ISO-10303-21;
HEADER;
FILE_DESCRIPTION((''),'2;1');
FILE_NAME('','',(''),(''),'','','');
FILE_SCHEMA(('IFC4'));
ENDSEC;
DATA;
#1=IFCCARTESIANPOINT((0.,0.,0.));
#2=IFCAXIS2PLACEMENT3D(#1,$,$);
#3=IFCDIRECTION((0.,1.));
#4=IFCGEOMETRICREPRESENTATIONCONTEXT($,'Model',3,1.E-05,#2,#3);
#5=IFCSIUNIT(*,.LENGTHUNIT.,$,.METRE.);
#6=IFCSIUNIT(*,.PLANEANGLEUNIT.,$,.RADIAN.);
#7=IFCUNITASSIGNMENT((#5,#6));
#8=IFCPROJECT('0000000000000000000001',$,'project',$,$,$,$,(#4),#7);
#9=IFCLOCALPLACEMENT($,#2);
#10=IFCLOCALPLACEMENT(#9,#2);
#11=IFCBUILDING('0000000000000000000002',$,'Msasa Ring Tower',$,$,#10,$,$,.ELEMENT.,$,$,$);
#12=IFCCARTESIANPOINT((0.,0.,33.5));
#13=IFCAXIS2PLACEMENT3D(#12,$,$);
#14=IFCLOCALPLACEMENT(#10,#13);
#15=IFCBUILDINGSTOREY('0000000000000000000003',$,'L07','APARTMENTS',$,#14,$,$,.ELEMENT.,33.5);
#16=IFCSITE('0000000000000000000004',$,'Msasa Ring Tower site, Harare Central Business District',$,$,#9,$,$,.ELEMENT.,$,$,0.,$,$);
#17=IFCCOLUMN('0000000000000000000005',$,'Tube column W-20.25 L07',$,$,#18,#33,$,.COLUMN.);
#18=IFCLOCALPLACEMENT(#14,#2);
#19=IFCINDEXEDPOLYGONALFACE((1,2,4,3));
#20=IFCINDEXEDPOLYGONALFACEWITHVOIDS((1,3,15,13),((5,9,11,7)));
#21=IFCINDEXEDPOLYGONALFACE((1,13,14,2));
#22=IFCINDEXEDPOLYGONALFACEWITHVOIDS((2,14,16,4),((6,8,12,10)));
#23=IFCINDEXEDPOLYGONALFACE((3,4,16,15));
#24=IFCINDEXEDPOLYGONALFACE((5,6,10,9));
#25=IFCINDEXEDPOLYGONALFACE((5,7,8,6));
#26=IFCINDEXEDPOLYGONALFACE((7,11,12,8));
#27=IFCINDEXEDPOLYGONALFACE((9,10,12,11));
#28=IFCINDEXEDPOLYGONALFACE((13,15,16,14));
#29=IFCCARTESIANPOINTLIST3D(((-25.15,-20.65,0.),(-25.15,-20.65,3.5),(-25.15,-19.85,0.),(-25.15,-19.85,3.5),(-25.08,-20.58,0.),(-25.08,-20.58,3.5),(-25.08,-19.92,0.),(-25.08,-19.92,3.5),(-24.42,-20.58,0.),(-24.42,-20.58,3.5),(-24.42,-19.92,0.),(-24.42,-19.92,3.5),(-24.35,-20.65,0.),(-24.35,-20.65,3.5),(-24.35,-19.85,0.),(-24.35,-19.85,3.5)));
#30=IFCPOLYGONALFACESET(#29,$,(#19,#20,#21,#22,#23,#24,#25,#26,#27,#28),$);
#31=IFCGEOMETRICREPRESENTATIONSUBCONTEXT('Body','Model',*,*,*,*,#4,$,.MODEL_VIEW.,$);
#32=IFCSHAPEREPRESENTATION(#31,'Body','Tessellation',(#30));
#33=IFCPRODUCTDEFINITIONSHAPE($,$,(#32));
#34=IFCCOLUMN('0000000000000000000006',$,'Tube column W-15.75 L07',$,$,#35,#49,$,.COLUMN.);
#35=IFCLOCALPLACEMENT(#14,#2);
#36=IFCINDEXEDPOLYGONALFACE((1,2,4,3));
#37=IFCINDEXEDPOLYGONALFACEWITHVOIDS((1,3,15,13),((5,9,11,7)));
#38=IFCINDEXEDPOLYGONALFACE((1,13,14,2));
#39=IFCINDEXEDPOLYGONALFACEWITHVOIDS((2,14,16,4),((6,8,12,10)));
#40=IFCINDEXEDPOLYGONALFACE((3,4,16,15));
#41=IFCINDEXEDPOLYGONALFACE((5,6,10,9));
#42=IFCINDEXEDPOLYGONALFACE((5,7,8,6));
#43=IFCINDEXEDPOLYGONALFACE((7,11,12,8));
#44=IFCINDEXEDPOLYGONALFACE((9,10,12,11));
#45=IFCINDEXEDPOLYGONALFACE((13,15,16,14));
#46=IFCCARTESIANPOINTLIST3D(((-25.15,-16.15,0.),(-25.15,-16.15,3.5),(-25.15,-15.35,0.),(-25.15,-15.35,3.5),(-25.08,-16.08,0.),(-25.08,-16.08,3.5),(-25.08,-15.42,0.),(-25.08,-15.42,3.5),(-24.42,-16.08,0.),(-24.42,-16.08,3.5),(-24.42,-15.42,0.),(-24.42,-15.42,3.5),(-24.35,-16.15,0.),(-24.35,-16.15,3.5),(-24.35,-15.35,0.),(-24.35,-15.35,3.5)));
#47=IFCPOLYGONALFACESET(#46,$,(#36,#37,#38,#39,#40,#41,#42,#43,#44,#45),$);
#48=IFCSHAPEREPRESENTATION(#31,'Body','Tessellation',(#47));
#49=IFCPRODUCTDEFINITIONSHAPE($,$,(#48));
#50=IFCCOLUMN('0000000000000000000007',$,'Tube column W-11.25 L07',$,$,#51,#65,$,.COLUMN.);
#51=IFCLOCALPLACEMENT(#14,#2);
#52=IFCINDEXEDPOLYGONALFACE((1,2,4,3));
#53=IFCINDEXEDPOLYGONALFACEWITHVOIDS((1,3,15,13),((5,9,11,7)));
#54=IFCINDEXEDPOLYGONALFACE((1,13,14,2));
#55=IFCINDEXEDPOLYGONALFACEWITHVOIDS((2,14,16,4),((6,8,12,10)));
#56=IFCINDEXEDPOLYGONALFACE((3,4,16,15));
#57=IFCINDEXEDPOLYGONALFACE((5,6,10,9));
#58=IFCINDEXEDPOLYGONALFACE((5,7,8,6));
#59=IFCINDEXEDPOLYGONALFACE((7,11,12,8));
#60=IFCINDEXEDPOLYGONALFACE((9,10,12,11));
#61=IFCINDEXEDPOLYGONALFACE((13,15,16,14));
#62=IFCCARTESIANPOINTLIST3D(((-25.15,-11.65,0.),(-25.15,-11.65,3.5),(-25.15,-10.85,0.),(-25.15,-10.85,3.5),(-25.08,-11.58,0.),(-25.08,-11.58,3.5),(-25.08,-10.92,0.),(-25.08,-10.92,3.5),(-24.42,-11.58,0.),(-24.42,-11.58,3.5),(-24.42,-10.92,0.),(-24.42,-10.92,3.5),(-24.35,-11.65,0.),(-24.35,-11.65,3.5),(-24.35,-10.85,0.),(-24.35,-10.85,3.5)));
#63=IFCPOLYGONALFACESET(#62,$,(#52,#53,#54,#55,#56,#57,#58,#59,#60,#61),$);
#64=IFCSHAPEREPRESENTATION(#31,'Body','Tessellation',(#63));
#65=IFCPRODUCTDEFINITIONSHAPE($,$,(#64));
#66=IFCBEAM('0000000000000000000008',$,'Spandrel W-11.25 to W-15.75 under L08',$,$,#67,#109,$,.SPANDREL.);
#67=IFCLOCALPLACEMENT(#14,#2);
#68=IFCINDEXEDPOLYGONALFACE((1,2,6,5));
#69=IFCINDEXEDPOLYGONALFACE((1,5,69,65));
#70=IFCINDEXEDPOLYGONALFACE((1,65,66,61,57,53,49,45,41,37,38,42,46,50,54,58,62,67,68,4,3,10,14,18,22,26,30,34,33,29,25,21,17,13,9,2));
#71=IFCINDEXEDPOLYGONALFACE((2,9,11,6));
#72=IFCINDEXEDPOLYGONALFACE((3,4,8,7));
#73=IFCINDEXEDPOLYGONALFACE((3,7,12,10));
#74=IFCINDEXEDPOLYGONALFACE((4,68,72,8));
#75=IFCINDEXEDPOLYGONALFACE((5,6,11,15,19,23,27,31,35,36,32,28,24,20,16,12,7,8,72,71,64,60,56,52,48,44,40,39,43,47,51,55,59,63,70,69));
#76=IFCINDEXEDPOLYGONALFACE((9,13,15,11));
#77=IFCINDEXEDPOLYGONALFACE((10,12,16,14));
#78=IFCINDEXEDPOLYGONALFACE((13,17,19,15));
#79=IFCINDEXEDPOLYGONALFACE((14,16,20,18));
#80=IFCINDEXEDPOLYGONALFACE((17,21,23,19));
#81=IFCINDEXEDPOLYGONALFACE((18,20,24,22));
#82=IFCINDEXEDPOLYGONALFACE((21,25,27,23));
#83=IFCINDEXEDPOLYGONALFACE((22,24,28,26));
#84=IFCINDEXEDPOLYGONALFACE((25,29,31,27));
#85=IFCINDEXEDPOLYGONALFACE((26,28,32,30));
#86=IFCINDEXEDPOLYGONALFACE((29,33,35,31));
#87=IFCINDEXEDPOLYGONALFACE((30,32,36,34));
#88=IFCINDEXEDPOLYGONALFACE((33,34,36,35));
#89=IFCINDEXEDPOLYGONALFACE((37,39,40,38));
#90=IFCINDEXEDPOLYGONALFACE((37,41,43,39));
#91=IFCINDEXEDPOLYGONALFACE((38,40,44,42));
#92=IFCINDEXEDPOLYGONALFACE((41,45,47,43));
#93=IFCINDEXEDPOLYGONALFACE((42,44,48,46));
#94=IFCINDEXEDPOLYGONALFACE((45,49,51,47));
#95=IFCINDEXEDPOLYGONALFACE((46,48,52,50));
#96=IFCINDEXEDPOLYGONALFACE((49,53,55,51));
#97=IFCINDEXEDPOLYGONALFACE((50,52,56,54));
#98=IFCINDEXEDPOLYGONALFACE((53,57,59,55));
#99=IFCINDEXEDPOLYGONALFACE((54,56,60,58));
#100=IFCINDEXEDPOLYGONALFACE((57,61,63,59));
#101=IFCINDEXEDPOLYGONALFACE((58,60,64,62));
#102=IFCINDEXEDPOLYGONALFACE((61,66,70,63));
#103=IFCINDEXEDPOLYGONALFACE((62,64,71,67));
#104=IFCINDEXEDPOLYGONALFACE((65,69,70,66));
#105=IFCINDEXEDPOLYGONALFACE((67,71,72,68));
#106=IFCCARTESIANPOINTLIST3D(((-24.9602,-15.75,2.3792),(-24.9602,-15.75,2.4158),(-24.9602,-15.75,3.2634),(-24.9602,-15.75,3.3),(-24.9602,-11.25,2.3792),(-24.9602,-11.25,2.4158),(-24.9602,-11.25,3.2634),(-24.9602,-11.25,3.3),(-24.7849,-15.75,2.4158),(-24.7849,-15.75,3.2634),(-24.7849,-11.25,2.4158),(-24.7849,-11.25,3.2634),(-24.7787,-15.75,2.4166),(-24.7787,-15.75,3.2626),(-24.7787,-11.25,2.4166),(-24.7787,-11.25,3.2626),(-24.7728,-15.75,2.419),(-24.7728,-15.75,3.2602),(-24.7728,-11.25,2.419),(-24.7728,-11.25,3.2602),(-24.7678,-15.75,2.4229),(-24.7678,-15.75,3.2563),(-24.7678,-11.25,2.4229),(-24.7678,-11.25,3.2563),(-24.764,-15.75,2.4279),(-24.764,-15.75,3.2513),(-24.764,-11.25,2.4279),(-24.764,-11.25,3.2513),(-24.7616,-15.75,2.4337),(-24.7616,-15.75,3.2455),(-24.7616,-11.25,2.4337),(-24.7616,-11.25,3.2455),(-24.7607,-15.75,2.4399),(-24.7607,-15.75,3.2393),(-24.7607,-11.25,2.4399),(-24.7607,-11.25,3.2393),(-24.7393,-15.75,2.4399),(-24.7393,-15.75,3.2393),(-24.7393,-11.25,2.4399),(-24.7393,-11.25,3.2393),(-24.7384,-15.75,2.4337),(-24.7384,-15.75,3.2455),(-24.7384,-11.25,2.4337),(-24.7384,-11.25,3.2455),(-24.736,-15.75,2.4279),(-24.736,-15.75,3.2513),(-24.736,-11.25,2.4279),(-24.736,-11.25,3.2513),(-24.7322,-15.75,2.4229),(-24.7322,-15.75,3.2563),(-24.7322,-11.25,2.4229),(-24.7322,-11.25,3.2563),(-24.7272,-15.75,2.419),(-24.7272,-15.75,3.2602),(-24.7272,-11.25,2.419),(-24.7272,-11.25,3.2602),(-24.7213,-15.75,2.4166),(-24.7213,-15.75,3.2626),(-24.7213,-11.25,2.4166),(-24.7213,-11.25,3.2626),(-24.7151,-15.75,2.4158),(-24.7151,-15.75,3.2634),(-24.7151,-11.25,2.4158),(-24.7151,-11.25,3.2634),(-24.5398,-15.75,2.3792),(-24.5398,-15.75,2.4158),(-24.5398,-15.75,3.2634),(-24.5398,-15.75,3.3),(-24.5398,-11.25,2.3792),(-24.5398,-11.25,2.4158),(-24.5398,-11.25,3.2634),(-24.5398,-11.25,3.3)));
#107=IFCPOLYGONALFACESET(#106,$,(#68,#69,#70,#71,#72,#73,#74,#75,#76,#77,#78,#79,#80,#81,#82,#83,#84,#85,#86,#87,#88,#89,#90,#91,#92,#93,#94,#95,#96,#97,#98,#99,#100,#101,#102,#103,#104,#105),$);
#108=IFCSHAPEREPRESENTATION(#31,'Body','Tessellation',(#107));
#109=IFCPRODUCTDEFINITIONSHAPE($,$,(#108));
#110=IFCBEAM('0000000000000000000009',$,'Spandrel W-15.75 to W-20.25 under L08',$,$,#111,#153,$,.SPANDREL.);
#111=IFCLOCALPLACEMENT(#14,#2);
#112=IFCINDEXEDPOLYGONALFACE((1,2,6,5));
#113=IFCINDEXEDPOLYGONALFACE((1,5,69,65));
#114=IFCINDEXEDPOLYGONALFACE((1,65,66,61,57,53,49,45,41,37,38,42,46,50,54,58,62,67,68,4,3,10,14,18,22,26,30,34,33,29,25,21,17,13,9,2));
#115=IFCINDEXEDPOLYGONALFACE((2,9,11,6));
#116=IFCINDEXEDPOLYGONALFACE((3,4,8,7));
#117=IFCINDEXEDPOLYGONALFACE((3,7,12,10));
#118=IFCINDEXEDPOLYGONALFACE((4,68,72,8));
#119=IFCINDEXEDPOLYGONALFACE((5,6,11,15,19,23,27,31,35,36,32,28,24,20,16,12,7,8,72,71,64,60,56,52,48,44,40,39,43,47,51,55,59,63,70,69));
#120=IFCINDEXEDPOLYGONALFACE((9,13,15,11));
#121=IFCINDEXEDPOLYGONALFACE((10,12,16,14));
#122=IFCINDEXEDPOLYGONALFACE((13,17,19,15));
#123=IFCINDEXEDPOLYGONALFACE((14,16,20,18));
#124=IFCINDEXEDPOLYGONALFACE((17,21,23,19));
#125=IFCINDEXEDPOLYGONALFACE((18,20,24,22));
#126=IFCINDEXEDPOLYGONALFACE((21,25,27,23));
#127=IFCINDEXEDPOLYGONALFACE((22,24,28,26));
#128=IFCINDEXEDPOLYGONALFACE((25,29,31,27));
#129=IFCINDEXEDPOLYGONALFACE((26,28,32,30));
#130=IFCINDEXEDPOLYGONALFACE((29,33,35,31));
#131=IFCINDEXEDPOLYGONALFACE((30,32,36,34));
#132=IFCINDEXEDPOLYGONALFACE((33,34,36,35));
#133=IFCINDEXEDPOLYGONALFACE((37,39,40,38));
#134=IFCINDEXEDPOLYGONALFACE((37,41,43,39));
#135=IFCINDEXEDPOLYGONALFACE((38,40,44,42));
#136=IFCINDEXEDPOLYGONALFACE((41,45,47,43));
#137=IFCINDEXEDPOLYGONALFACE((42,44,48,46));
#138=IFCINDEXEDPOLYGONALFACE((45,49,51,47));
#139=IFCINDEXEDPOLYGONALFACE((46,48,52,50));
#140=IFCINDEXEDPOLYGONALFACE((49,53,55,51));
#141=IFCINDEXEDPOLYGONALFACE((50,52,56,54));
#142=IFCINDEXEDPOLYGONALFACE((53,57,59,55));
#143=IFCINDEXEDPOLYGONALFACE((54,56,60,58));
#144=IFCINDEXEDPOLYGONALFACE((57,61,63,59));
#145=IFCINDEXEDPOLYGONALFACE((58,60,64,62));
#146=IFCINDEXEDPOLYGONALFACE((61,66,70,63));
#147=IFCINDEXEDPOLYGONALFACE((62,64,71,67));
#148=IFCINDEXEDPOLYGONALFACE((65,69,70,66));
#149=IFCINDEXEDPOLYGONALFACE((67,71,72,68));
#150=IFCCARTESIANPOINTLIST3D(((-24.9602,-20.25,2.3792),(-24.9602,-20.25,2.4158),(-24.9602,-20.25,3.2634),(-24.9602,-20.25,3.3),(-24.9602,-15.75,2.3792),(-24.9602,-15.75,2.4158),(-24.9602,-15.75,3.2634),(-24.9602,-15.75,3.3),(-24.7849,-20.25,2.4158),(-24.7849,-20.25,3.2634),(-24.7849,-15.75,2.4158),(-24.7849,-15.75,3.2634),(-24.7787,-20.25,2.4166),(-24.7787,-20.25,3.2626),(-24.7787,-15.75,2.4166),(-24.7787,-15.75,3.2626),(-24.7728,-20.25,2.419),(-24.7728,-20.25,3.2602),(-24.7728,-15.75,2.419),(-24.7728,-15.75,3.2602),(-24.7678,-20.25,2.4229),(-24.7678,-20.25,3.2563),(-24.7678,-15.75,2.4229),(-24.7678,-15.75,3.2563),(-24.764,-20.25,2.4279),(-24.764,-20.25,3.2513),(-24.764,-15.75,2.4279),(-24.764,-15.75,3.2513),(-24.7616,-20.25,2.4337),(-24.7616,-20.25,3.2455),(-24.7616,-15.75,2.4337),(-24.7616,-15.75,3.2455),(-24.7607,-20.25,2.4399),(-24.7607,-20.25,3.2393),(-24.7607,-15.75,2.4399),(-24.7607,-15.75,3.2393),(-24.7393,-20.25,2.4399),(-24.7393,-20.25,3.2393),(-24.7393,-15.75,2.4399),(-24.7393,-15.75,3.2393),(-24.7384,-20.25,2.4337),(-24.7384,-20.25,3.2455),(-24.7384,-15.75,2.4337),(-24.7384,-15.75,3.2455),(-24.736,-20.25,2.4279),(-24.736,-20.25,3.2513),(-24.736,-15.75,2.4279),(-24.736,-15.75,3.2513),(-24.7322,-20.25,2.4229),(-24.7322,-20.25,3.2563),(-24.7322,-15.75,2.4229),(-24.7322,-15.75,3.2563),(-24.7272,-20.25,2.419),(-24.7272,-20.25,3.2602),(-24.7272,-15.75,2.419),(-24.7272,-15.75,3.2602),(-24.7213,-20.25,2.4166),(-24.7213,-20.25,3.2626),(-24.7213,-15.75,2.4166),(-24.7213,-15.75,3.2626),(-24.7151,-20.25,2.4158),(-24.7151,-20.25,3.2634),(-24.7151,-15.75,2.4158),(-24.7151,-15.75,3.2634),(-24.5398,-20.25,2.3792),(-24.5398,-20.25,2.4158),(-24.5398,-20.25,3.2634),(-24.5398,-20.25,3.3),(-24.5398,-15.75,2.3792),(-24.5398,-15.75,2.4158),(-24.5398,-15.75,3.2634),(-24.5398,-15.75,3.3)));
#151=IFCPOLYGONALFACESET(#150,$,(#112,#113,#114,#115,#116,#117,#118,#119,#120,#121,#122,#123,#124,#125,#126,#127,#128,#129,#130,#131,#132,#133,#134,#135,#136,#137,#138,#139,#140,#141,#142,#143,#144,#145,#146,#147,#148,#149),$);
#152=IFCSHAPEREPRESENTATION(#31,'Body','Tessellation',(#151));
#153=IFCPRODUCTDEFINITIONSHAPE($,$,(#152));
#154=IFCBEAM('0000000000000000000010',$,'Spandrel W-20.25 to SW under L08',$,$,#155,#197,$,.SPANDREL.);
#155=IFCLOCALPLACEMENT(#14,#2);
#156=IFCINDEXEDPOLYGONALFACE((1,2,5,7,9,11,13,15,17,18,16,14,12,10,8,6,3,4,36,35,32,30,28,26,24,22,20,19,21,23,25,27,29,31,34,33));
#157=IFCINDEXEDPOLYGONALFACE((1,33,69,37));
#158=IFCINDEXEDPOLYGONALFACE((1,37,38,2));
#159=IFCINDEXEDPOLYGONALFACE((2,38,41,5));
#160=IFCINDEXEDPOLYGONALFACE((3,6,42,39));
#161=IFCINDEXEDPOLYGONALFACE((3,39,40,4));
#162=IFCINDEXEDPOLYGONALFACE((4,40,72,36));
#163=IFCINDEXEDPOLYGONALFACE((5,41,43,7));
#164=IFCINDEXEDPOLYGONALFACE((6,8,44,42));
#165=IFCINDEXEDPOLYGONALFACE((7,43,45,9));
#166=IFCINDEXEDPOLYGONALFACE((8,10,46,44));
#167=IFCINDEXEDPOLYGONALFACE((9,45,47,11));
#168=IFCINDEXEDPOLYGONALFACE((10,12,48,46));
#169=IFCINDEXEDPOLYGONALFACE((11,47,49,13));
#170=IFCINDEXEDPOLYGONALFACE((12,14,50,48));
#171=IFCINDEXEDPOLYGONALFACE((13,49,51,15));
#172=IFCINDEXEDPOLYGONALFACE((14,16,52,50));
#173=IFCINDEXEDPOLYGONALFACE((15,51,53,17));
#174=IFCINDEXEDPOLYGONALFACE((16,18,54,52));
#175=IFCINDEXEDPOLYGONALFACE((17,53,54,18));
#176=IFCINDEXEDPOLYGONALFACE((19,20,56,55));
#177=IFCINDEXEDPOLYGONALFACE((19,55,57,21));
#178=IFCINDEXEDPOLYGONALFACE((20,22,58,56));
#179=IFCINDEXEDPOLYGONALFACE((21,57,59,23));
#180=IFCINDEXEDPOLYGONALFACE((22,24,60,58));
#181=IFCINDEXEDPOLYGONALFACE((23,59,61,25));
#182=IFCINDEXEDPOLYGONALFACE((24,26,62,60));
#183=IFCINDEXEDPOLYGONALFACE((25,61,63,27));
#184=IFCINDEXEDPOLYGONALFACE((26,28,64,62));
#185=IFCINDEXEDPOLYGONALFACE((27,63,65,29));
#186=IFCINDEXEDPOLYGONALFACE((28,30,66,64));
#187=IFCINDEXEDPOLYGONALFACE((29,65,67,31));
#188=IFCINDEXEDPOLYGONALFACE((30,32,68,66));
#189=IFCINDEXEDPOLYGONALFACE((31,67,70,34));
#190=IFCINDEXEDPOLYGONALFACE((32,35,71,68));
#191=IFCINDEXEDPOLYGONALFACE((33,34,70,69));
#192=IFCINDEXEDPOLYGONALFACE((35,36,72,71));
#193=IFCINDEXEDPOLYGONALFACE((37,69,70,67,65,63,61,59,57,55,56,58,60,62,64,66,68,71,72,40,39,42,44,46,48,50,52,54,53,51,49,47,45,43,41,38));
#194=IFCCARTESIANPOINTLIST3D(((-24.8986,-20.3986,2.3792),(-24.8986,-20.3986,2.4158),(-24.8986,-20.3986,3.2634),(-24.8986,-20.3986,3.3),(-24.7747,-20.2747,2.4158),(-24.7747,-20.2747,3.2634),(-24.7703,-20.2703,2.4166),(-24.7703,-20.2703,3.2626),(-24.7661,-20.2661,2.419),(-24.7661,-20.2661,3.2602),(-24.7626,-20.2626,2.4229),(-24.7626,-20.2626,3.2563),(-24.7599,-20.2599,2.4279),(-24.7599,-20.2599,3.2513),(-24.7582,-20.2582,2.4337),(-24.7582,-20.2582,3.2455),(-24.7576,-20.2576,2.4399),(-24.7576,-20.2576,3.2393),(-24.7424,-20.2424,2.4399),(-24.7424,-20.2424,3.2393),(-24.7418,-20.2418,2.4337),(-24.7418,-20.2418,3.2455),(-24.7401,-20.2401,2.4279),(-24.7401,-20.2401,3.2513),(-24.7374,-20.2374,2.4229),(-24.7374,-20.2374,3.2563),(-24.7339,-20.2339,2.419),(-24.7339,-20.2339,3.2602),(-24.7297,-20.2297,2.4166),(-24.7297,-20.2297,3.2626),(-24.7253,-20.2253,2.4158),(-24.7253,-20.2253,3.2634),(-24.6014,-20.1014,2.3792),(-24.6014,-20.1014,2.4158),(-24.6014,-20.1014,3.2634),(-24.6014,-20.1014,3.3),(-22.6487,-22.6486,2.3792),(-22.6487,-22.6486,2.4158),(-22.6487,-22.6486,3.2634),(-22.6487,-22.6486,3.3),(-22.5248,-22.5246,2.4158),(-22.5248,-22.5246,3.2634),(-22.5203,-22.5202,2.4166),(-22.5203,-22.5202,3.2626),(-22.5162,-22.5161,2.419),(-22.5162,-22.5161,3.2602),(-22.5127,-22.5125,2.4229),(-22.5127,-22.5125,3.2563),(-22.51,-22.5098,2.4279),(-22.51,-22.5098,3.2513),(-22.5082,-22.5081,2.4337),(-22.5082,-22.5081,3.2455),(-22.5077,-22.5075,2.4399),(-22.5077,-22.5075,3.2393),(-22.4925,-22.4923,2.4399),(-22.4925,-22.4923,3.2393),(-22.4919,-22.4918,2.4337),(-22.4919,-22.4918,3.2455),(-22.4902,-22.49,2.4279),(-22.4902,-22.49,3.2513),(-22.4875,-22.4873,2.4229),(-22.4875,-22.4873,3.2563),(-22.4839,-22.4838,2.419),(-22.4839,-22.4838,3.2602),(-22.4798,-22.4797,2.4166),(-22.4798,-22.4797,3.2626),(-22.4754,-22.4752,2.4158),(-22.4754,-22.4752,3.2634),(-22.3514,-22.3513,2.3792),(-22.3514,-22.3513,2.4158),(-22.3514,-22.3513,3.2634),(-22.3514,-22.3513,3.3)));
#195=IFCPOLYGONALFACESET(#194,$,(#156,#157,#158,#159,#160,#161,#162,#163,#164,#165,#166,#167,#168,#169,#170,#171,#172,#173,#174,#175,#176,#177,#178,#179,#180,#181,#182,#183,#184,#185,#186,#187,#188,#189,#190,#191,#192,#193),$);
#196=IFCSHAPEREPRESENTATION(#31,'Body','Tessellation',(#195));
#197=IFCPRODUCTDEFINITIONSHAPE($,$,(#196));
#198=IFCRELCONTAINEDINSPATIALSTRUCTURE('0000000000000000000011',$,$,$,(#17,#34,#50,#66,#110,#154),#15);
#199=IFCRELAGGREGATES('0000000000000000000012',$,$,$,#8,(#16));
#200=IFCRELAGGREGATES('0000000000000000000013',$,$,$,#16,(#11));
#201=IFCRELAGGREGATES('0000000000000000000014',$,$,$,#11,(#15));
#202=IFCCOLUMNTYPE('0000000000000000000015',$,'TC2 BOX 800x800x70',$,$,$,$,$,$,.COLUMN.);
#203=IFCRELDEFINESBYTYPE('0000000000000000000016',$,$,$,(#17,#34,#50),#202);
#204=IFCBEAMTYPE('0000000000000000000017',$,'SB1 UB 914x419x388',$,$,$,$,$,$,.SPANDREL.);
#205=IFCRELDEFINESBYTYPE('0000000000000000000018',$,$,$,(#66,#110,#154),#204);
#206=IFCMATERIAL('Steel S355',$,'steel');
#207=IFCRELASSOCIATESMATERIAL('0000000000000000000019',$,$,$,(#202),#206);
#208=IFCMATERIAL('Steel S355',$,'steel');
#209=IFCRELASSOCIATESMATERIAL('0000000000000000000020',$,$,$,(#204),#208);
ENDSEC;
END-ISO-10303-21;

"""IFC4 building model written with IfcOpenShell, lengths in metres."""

from ifc_helpers import new_model, si_unit, direction, frame, origin, origin_2d, place, context, subcontext, project, spatial, hollow_rectangle, i_section, extrude, material, material_profile, profile_set, type_object, element, save


model = new_model("IFC4")

# Units and contexts
model_context = context("Model", 3, precision=1e-05, world=origin(), true_north=direction((0.0, 1.0)))
body_context = subcontext(model_context, "Body", "Model", "MODEL_VIEW")
ifc_project = project(units=[si_unit("LENGTHUNIT", "METRE"), si_unit("PLANEANGLEUNIT", "RADIAN")], contexts=[model_context])

# Site, building, storey
site_placement = place(None, origin())
site = spatial("IfcSite", under=ifc_project, at=site_placement, Name="Msasa Ring Tower site, Harare Central Business District", CompositionType="ELEMENT", RefElevation=0.0)
building_placement = place(site_placement, origin())
building = spatial("IfcBuilding", under=site, at=building_placement, Name="Msasa Ring Tower", CompositionType="ELEMENT")
storey_placement = place(building_placement, frame((0.0, 0.0, 33.5)))
storey = spatial("IfcBuildingStorey", under=building, at=storey_placement, Name="L07", Description="APARTMENTS", CompositionType="ELEMENT", Elevation=33.5)

# Columns
ifc_material_1 = material(Name="Steel S355", Category="steel")
ifc_material_profile_1 = material_profile(ifc_material_1, hollow_rectangle(XDim=0.8, YDim=0.8, WallThickness=0.0701, at=origin_2d()), Name="BOX 800x800x70")
ifc_profile_set_1 = profile_set([ifc_material_profile_1], Name="Steel S355")
column_type = type_object("IfcColumnType", Name="TC2 BOX 800x800x70", PredefinedType="COLUMN", material=ifc_profile_set_1)
for number, where, z_axis, x_axis, name in (
    (1, (-24.75, -20.25, 0.0), (0.0, 0.0, 1.0), (1.0, 0.0, 0.0), "Tube column W-20.25 L07"),
    (2, (-24.75, -15.75, 0.0), (0.0, 0.0, 1.0), (1.0, 0.0, 0.0), "Tube column W-15.75 L07"),
    (3, (-24.75, -11.25, 0.0), (0.0, 0.0, 1.0), (1.0, 0.0, 0.0), "Tube column W-11.25 L07"),
):
    element("IfcColumn", number, at=place(storey_placement, frame(where, z_axis=z_axis, x_axis=x_axis)), inside=storey, type_object=column_type, Name=name, PredefinedType="COLUMN", context=body_context, shape_type="SweptSolid", body=[
        extrude(hollow_rectangle(XDim=0.8, YDim=0.8, WallThickness=0.0701, at=origin_2d()), origin(), (0.0, 0.0, 1.0), 3.5),
    ])

# Beams
ifc_material_2 = material(Name="Steel S355", Category="steel")
ifc_material_profile_2 = material_profile(ifc_material_2, i_section(OverallWidth=0.4204, OverallDepth=0.9209, WebThickness=0.0215, FlangeThickness=0.0366, FilletRadius=0.0242, at=origin_2d()), Name="UB 914x419x388")
ifc_profile_set_2 = profile_set([ifc_material_profile_2], Name="Steel S355")
beam_type = type_object("IfcBeamType", Name="SB1 UB 914x419x388", PredefinedType="SPANDREL", material=ifc_profile_set_2)
for number, where, z_axis, x_axis, name in (
    (4, (-24.75, -11.25, 2.8396), (0.0, -1.0, 0.0), (1.0, 0.0, 0.0), "Spandrel W-11.25 to W-15.75 under L08"),
    (5, (-24.75, -15.75, 2.8396), (0.0, -1.0, 0.0), (1.0, 0.0, 0.0), "Spandrel W-15.75 to W-20.25 under L08"),
):
    element("IfcBeam", number, at=place(storey_placement, frame(where, z_axis=z_axis, x_axis=x_axis)), inside=storey, type_object=beam_type, Name=name, PredefinedType="SPANDREL", context=body_context, shape_type="SweptSolid", body=[
        extrude(i_section(OverallWidth=0.4204, OverallDepth=0.9209, WebThickness=0.0215, FlangeThickness=0.0366, FilletRadius=0.0242, at=origin_2d()), origin(), (0.0, 0.0, 1.0), 4.5),
    ])
beam_placement = place(storey_placement, frame((-24.75, -20.25, 2.8396), z_axis=(0.707107, -0.707107, 0.0), x_axis=(0.707107, 0.707107, 0.0)))
element("IfcBeam", 6, at=beam_placement, inside=storey, type_object=beam_type, Name="Spandrel W-20.25 to SW under L08", PredefinedType="SPANDREL", context=body_context, shape_type="SweptSolid", body=[
    extrude(i_section(OverallWidth=0.4204, OverallDepth=0.9209, WebThickness=0.0215, FlangeThickness=0.0366, FilletRadius=0.0242, at=origin_2d()), origin(), (0.0, 0.0, 1.0), 3.1819),
])

save(model, "model.ifc")
